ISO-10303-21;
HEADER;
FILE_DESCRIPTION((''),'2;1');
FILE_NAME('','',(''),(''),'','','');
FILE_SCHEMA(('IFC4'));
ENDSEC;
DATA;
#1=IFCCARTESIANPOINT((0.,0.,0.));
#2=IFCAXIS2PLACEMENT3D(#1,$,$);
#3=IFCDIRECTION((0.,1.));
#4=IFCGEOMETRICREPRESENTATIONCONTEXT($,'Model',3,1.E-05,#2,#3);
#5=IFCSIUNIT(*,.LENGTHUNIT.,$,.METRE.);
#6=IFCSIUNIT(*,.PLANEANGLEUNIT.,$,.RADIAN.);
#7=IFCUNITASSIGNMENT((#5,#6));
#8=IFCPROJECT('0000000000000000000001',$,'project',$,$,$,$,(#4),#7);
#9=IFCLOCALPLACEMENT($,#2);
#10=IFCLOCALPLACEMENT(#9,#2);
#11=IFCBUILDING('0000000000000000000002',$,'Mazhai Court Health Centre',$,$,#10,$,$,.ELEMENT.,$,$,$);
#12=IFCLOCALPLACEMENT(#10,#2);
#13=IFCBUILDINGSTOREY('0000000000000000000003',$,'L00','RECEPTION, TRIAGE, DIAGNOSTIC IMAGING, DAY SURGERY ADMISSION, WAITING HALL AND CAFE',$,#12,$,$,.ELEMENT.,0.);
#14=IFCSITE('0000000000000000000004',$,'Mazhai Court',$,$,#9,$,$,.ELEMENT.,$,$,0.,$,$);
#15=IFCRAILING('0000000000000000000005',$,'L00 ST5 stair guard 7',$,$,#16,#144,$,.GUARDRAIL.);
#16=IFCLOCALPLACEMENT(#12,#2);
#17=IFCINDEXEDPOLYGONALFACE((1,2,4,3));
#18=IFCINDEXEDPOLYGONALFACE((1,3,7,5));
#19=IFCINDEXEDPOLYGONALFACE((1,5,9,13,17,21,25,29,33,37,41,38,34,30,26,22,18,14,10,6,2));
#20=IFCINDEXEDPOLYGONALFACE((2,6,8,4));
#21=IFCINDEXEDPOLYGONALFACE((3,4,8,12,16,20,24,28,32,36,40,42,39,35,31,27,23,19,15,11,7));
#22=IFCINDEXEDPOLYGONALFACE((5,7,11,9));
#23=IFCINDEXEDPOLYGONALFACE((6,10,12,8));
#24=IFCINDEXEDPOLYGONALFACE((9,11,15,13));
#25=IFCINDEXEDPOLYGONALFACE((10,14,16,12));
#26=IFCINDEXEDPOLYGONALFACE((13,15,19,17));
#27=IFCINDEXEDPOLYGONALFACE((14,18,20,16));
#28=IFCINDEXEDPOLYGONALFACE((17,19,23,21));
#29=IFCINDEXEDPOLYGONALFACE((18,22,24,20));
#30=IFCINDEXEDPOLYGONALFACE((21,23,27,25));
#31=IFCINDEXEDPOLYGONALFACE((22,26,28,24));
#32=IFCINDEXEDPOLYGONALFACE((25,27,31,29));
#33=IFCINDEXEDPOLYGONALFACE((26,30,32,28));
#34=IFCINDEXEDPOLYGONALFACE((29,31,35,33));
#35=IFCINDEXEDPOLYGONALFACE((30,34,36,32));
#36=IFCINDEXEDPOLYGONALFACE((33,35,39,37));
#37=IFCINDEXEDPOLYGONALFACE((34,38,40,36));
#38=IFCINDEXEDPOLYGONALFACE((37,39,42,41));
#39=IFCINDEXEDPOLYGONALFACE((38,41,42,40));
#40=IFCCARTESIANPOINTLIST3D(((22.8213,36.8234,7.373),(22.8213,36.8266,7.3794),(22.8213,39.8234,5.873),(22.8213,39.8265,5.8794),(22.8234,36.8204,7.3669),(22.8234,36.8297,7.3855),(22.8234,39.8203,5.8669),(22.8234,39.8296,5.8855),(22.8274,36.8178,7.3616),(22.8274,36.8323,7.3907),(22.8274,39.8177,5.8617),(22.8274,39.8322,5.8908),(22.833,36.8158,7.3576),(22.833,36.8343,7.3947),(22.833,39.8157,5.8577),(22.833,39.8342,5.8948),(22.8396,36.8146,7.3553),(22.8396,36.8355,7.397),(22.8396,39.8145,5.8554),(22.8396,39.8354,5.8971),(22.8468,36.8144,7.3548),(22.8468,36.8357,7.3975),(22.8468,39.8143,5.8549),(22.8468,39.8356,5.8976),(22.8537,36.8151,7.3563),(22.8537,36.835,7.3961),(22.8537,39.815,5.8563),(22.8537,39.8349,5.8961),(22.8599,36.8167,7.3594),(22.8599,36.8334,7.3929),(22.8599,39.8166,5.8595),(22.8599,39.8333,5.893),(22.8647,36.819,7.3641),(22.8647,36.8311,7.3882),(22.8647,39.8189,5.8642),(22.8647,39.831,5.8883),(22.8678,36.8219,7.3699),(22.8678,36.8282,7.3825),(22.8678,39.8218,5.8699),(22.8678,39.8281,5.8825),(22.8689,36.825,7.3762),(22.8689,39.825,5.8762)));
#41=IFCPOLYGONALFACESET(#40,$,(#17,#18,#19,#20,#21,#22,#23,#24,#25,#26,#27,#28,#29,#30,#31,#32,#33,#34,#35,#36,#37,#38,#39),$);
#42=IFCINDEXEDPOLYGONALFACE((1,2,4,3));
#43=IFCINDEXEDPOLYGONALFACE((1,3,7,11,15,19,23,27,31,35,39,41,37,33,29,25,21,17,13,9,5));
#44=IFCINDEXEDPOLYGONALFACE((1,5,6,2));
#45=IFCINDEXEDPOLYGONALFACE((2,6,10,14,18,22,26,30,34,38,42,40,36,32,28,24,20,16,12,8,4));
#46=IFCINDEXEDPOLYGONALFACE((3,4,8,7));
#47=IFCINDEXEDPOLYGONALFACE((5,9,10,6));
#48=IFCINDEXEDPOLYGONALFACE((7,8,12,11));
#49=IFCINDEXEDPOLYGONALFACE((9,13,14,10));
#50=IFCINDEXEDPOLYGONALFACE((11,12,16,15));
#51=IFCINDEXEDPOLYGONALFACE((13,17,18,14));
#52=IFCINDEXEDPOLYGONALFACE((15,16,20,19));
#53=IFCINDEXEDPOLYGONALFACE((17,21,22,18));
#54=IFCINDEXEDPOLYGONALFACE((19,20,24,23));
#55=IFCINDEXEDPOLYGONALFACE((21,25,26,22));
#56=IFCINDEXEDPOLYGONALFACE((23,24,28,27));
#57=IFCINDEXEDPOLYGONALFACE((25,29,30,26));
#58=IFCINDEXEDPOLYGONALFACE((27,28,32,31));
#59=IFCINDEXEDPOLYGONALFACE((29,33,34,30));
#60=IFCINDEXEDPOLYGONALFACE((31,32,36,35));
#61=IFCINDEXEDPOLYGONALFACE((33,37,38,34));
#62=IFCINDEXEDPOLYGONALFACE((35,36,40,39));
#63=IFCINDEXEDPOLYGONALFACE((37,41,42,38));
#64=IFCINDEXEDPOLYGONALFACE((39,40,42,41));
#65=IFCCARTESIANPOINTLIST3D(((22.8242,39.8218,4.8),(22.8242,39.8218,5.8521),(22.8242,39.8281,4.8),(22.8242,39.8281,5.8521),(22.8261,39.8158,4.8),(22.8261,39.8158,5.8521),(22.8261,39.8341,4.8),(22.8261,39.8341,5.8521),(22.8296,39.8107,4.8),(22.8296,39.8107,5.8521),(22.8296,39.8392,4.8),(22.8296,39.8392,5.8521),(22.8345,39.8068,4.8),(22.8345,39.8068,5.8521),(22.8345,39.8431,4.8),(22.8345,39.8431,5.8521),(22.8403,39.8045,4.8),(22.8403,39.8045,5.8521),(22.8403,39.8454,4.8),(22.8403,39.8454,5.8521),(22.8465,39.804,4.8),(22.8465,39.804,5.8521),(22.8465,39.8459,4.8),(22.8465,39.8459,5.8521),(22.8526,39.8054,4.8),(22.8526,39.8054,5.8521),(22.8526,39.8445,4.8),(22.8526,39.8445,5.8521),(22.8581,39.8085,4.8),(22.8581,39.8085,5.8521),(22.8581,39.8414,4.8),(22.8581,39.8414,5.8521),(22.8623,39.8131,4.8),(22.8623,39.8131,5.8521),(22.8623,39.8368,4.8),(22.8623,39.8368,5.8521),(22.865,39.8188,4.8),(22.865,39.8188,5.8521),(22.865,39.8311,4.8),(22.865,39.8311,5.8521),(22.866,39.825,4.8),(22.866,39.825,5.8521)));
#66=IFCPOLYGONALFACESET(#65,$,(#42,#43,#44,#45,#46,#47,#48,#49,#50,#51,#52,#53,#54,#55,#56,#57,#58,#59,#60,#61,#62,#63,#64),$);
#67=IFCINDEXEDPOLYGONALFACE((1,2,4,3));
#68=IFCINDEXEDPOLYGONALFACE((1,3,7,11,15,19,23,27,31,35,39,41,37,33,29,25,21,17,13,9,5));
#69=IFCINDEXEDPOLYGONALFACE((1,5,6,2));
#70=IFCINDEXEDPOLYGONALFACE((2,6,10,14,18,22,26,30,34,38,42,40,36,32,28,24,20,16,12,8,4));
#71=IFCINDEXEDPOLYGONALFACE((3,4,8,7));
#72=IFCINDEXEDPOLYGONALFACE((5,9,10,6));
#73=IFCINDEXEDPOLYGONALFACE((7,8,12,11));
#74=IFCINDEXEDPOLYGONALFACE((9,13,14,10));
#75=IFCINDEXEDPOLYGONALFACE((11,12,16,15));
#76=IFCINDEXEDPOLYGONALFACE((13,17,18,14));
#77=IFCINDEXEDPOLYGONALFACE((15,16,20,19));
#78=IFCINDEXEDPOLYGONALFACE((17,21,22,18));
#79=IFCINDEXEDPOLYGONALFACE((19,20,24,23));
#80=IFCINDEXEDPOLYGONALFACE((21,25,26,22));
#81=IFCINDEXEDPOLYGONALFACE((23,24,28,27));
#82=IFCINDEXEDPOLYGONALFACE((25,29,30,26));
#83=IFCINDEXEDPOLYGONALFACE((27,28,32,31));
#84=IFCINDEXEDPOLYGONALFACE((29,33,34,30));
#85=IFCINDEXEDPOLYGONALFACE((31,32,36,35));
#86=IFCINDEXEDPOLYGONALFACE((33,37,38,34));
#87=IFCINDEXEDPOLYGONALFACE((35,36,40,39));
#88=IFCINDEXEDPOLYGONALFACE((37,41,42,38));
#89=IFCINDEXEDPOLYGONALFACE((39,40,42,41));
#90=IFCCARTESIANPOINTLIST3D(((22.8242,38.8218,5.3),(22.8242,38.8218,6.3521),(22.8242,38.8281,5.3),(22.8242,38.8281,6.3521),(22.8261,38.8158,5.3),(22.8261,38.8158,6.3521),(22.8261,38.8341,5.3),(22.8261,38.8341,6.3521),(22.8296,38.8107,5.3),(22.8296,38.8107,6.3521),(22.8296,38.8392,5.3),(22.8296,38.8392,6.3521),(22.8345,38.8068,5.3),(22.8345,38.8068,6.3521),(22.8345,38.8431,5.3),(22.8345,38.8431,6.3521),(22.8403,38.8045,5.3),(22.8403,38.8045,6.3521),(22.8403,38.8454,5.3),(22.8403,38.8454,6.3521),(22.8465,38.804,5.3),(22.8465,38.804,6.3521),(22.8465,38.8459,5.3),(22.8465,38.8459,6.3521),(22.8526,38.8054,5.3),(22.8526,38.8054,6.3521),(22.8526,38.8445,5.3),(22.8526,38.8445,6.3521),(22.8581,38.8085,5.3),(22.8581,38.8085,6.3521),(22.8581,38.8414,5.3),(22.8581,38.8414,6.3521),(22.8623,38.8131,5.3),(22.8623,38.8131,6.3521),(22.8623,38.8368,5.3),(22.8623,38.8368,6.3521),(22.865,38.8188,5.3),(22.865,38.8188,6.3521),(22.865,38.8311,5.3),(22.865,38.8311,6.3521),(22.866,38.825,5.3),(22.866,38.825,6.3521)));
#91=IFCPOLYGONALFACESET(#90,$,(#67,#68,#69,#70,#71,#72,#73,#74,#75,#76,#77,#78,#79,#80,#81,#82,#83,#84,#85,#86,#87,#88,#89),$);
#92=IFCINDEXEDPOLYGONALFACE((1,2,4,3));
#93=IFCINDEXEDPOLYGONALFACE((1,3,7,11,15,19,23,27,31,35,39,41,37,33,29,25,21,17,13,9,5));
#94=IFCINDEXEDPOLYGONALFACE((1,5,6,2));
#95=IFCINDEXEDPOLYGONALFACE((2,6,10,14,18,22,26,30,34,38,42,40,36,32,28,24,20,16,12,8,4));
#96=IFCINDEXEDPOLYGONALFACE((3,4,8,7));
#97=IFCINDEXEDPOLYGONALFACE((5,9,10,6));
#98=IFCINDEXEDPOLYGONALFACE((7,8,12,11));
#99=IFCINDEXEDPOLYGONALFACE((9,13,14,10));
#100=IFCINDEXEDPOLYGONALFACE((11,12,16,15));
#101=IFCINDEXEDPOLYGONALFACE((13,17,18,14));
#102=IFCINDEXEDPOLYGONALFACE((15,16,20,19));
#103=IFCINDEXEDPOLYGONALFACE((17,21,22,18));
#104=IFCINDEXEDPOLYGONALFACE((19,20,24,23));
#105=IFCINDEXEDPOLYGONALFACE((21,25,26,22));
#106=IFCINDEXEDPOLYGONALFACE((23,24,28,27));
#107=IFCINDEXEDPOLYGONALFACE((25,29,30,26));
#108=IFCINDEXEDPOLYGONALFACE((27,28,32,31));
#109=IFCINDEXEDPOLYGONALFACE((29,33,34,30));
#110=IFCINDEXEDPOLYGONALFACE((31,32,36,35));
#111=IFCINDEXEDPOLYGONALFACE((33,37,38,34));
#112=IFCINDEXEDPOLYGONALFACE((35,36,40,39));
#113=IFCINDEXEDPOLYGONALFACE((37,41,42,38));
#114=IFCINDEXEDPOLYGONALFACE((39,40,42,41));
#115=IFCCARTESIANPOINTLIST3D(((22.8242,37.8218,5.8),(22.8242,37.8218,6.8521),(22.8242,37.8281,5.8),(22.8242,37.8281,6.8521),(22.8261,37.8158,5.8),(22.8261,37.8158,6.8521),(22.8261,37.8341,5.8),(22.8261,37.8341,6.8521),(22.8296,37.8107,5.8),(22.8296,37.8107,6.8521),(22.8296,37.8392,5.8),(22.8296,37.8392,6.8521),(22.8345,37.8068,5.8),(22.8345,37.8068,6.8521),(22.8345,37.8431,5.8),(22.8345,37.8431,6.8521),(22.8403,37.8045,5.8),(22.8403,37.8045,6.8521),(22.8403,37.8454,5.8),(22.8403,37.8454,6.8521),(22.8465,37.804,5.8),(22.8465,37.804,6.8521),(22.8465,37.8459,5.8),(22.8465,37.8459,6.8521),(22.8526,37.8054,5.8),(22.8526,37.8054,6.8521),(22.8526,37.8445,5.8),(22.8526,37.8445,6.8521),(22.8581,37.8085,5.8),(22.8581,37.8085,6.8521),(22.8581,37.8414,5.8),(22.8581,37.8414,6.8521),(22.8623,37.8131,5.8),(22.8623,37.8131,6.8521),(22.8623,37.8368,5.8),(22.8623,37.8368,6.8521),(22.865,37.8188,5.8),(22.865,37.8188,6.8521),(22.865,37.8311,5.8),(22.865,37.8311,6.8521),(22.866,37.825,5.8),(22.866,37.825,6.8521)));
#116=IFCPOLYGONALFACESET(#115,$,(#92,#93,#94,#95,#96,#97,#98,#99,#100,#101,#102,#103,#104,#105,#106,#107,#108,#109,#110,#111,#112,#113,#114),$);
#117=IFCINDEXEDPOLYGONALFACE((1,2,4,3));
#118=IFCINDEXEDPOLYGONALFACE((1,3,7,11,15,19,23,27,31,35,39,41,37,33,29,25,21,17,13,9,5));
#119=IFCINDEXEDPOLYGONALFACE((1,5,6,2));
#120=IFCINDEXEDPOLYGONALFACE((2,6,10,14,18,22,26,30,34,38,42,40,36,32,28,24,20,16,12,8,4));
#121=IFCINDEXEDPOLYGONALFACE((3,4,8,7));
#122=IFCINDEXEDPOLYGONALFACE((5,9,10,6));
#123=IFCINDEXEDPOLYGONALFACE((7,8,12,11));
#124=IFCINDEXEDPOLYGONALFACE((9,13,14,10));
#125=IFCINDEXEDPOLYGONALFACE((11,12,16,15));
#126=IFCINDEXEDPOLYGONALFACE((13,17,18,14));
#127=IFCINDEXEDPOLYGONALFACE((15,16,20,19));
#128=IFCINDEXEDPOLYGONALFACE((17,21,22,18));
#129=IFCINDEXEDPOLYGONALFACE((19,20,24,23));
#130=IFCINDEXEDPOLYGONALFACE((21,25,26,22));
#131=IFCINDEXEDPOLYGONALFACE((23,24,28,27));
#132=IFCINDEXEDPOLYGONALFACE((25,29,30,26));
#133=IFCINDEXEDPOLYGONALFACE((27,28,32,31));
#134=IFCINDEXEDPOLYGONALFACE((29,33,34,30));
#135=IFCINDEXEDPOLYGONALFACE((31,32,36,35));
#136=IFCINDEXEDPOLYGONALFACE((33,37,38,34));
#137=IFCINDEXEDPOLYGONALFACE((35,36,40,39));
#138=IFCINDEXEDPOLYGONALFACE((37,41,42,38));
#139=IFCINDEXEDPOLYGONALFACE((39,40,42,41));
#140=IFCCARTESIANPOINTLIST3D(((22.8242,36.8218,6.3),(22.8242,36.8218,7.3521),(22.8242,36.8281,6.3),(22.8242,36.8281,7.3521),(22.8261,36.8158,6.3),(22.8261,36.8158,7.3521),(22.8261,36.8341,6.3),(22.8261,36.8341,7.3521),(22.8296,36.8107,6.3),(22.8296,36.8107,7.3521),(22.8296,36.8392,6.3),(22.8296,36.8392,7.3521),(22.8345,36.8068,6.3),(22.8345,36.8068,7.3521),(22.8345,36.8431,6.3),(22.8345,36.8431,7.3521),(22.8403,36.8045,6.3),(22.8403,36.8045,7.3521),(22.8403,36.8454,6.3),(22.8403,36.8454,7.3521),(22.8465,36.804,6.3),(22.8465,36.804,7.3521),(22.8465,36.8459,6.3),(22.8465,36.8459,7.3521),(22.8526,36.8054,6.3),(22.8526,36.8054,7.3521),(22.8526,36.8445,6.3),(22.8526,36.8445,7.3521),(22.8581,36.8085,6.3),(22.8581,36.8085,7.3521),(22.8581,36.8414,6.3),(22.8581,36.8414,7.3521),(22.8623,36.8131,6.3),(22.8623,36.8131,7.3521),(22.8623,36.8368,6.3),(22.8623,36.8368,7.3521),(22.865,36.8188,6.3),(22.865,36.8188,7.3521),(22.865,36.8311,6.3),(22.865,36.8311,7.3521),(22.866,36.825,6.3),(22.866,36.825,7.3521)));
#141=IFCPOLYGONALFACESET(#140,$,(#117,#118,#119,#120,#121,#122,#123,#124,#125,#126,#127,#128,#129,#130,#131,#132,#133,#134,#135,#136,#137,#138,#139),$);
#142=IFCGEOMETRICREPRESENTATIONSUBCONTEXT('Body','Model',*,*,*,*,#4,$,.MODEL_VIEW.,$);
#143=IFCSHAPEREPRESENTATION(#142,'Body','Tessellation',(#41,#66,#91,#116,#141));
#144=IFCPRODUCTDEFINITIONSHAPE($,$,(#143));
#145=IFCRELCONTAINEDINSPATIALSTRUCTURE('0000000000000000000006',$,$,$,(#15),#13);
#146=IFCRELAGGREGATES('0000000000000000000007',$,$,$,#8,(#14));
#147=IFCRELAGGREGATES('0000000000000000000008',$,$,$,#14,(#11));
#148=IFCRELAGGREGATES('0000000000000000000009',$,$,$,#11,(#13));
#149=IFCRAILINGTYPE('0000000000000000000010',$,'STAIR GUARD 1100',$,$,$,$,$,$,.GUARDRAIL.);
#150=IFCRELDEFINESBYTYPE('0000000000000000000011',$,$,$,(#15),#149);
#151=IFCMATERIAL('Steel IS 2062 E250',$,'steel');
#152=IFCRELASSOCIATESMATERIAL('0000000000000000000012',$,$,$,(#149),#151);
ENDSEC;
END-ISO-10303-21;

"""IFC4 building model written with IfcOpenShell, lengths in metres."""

from ifc_helpers import new_model, si_unit, direction, frame, origin, origin_2d, place, context, subcontext, project, spatial, circle, extrude, material, type_object, element, save


model = new_model("IFC4")

# Units and contexts
model_context = context("Model", 3, precision=1e-05, world=origin(), true_north=direction((0.0, 1.0)))
body_context = subcontext(model_context, "Body", "Model", "MODEL_VIEW")
ifc_project = project(units=[si_unit("LENGTHUNIT", "METRE"), si_unit("PLANEANGLEUNIT", "RADIAN")], contexts=[model_context])

# Site, building, storey
site_placement = place(None, origin())
site = spatial("IfcSite", under=ifc_project, at=site_placement, Name="Mazhai Court", CompositionType="ELEMENT", RefElevation=0.0)
building_placement = place(site_placement, origin())
building = spatial("IfcBuilding", under=site, at=building_placement, Name="Mazhai Court Health Centre", CompositionType="ELEMENT")
storey_placement = place(building_placement, origin())
storey = spatial("IfcBuildingStorey", under=building, at=storey_placement, Name="L00", Description="RECEPTION, TRIAGE, DIAGNOSTIC IMAGING, DAY SURGERY ADMISSION, WAITING HALL AND CAFE", CompositionType="ELEMENT", Elevation=0.0)

# Railing
ifc_material_1 = material(Name="Steel IS 2062 E250", Category="steel")
railing_type_1 = type_object("IfcRailingType", Name="STAIR GUARD 1100", PredefinedType="GUARDRAIL", material=ifc_material_1)
railing_1_placement = place(storey_placement, frame((22.845, 39.825, 4.8)))
element("IfcRailing", 1, at=railing_1_placement, inside=storey, type_object=railing_type_1, Name="L00 ST5 stair guard 7", PredefinedType="GUARDRAIL", context=body_context, shape_type="SweptSolid", body=[
    extrude(circle(Radius=0.0239, at=origin_2d()), frame((0.0, 0.0, 1.0762), z_axis=(0.0, -0.894427, 0.447214), x_axis=(1.0, 0.0, 0.0)), (0.0, 0.0, 1.0), 3.354),
    extrude(circle(Radius=0.021, at=origin_2d()), origin(), (0.0, 0.0, 1.0), 1.052),
    extrude(circle(Radius=0.021, at=origin_2d()), frame((0.0, -1.0, 0.5)), (0.0, 0.0, 1.0), 1.052),
    extrude(circle(Radius=0.021, at=origin_2d()), frame((0.0, -2.0, 1.0)), (0.0, 0.0, 1.0), 1.052),
    extrude(circle(Radius=0.021, at=origin_2d()), frame((0.0, -3.0, 1.5)), (0.0, 0.0, 1.0), 1.052),
])

save(model, "model.ifc")
